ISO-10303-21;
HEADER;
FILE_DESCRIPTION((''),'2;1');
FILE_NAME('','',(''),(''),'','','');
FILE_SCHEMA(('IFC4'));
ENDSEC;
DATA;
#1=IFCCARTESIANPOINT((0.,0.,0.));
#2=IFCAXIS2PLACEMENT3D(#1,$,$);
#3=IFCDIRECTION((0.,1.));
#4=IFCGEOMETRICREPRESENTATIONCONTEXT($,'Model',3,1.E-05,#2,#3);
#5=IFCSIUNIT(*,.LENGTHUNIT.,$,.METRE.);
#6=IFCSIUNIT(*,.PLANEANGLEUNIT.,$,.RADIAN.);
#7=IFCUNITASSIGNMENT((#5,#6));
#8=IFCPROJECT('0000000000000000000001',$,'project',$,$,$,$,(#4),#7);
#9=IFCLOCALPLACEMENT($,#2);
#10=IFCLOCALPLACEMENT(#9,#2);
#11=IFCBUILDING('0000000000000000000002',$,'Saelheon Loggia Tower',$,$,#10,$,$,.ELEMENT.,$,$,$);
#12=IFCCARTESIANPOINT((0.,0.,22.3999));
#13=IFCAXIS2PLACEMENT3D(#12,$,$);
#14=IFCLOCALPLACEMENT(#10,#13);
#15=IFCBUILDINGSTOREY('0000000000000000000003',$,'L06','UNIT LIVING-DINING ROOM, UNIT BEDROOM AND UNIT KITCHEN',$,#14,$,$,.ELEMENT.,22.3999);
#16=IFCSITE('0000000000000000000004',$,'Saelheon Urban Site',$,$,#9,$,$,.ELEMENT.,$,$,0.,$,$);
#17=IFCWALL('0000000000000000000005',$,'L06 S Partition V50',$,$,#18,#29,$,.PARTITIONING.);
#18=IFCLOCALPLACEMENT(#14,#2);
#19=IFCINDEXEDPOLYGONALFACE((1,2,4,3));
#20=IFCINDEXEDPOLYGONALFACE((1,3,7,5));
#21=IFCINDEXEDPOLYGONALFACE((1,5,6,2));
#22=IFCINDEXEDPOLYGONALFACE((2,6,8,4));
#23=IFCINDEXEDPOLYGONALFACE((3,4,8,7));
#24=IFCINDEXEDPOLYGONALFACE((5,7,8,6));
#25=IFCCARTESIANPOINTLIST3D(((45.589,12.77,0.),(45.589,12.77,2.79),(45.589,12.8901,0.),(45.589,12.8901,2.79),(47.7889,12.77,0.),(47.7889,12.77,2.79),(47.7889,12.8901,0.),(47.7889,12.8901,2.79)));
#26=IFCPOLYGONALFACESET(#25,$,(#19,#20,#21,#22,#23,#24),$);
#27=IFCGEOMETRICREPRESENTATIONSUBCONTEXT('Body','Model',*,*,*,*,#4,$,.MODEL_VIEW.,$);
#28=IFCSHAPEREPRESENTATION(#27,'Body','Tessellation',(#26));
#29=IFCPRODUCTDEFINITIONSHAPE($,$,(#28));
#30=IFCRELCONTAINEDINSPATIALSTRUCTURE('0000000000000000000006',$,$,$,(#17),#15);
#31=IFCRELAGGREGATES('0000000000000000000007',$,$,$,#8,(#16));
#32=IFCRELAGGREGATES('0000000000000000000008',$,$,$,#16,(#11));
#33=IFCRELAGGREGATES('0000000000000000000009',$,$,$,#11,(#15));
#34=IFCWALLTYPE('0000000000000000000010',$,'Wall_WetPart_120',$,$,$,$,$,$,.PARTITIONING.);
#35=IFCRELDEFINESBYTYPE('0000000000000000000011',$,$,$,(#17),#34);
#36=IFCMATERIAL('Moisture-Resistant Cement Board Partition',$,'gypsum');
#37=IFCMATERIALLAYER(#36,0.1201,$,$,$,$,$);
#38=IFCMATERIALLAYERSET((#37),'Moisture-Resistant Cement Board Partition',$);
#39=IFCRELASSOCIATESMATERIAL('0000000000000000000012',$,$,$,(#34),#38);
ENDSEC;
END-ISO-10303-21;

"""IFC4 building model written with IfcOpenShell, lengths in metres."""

from ifc_helpers import new_model, si_unit, direction, frame, frame_2d, origin, place, context, subcontext, project, spatial, rectangle, extrude, material, layer, layer_set, type_object, element, save


model = new_model("IFC4")

# Units and contexts
model_context = context("Model", 3, precision=1e-05, world=origin(), true_north=direction((0.0, 1.0)))
body_context = subcontext(model_context, "Body", "Model", "MODEL_VIEW")
ifc_project = project(units=[si_unit("LENGTHUNIT", "METRE"), si_unit("PLANEANGLEUNIT", "RADIAN")], contexts=[model_context])

# Site, building, storey
site_placement = place(None, origin())
site = spatial("IfcSite", under=ifc_project, at=site_placement, Name="Saelheon Urban Site", CompositionType="ELEMENT", RefElevation=0.0)
building_placement = place(site_placement, origin())
building = spatial("IfcBuilding", under=site, at=building_placement, Name="Saelheon Loggia Tower", CompositionType="ELEMENT")
storey_placement = place(building_placement, frame((0.0, 0.0, 22.3999)))
storey = spatial("IfcBuildingStorey", under=building, at=storey_placement, Name="L06", Description="UNIT LIVING-DINING ROOM, UNIT BEDROOM AND UNIT KITCHEN", CompositionType="ELEMENT", Elevation=22.3999)

# Shared definitions
ifc_material_1 = material(Name="Moisture-Resistant Cement Board Partition", Category="gypsum")
ifc_layer_1 = layer(ifc_material_1, 0.1201)
ifc_layer_set_1 = layer_set([ifc_layer_1], Name="Moisture-Resistant Cement Board Partition")
wall_type_1 = type_object("IfcWallType", Name="Wall_WetPart_120", PredefinedType="PARTITIONING", material=ifc_layer_set_1)

# Wall
wall_1_placement = place(storey_placement, frame((45.5889, 12.8301, 0.0), z_axis=(0.0, 0.0, 1.0), x_axis=(1.0, 0.0, 0.0)))
element("IfcWall", 1, at=wall_1_placement, inside=storey, type_object=wall_type_1, Name="L06 S Partition V50", PredefinedType="PARTITIONING", context=body_context, shape_type="SweptSolid", body=[
    extrude(rectangle(XDim=2.2, YDim=0.1201, at=frame_2d((1.1001, 0.0))), origin(), (0.0, 0.0, 1.0), 2.79),
])

save(model, "model.ifc")
